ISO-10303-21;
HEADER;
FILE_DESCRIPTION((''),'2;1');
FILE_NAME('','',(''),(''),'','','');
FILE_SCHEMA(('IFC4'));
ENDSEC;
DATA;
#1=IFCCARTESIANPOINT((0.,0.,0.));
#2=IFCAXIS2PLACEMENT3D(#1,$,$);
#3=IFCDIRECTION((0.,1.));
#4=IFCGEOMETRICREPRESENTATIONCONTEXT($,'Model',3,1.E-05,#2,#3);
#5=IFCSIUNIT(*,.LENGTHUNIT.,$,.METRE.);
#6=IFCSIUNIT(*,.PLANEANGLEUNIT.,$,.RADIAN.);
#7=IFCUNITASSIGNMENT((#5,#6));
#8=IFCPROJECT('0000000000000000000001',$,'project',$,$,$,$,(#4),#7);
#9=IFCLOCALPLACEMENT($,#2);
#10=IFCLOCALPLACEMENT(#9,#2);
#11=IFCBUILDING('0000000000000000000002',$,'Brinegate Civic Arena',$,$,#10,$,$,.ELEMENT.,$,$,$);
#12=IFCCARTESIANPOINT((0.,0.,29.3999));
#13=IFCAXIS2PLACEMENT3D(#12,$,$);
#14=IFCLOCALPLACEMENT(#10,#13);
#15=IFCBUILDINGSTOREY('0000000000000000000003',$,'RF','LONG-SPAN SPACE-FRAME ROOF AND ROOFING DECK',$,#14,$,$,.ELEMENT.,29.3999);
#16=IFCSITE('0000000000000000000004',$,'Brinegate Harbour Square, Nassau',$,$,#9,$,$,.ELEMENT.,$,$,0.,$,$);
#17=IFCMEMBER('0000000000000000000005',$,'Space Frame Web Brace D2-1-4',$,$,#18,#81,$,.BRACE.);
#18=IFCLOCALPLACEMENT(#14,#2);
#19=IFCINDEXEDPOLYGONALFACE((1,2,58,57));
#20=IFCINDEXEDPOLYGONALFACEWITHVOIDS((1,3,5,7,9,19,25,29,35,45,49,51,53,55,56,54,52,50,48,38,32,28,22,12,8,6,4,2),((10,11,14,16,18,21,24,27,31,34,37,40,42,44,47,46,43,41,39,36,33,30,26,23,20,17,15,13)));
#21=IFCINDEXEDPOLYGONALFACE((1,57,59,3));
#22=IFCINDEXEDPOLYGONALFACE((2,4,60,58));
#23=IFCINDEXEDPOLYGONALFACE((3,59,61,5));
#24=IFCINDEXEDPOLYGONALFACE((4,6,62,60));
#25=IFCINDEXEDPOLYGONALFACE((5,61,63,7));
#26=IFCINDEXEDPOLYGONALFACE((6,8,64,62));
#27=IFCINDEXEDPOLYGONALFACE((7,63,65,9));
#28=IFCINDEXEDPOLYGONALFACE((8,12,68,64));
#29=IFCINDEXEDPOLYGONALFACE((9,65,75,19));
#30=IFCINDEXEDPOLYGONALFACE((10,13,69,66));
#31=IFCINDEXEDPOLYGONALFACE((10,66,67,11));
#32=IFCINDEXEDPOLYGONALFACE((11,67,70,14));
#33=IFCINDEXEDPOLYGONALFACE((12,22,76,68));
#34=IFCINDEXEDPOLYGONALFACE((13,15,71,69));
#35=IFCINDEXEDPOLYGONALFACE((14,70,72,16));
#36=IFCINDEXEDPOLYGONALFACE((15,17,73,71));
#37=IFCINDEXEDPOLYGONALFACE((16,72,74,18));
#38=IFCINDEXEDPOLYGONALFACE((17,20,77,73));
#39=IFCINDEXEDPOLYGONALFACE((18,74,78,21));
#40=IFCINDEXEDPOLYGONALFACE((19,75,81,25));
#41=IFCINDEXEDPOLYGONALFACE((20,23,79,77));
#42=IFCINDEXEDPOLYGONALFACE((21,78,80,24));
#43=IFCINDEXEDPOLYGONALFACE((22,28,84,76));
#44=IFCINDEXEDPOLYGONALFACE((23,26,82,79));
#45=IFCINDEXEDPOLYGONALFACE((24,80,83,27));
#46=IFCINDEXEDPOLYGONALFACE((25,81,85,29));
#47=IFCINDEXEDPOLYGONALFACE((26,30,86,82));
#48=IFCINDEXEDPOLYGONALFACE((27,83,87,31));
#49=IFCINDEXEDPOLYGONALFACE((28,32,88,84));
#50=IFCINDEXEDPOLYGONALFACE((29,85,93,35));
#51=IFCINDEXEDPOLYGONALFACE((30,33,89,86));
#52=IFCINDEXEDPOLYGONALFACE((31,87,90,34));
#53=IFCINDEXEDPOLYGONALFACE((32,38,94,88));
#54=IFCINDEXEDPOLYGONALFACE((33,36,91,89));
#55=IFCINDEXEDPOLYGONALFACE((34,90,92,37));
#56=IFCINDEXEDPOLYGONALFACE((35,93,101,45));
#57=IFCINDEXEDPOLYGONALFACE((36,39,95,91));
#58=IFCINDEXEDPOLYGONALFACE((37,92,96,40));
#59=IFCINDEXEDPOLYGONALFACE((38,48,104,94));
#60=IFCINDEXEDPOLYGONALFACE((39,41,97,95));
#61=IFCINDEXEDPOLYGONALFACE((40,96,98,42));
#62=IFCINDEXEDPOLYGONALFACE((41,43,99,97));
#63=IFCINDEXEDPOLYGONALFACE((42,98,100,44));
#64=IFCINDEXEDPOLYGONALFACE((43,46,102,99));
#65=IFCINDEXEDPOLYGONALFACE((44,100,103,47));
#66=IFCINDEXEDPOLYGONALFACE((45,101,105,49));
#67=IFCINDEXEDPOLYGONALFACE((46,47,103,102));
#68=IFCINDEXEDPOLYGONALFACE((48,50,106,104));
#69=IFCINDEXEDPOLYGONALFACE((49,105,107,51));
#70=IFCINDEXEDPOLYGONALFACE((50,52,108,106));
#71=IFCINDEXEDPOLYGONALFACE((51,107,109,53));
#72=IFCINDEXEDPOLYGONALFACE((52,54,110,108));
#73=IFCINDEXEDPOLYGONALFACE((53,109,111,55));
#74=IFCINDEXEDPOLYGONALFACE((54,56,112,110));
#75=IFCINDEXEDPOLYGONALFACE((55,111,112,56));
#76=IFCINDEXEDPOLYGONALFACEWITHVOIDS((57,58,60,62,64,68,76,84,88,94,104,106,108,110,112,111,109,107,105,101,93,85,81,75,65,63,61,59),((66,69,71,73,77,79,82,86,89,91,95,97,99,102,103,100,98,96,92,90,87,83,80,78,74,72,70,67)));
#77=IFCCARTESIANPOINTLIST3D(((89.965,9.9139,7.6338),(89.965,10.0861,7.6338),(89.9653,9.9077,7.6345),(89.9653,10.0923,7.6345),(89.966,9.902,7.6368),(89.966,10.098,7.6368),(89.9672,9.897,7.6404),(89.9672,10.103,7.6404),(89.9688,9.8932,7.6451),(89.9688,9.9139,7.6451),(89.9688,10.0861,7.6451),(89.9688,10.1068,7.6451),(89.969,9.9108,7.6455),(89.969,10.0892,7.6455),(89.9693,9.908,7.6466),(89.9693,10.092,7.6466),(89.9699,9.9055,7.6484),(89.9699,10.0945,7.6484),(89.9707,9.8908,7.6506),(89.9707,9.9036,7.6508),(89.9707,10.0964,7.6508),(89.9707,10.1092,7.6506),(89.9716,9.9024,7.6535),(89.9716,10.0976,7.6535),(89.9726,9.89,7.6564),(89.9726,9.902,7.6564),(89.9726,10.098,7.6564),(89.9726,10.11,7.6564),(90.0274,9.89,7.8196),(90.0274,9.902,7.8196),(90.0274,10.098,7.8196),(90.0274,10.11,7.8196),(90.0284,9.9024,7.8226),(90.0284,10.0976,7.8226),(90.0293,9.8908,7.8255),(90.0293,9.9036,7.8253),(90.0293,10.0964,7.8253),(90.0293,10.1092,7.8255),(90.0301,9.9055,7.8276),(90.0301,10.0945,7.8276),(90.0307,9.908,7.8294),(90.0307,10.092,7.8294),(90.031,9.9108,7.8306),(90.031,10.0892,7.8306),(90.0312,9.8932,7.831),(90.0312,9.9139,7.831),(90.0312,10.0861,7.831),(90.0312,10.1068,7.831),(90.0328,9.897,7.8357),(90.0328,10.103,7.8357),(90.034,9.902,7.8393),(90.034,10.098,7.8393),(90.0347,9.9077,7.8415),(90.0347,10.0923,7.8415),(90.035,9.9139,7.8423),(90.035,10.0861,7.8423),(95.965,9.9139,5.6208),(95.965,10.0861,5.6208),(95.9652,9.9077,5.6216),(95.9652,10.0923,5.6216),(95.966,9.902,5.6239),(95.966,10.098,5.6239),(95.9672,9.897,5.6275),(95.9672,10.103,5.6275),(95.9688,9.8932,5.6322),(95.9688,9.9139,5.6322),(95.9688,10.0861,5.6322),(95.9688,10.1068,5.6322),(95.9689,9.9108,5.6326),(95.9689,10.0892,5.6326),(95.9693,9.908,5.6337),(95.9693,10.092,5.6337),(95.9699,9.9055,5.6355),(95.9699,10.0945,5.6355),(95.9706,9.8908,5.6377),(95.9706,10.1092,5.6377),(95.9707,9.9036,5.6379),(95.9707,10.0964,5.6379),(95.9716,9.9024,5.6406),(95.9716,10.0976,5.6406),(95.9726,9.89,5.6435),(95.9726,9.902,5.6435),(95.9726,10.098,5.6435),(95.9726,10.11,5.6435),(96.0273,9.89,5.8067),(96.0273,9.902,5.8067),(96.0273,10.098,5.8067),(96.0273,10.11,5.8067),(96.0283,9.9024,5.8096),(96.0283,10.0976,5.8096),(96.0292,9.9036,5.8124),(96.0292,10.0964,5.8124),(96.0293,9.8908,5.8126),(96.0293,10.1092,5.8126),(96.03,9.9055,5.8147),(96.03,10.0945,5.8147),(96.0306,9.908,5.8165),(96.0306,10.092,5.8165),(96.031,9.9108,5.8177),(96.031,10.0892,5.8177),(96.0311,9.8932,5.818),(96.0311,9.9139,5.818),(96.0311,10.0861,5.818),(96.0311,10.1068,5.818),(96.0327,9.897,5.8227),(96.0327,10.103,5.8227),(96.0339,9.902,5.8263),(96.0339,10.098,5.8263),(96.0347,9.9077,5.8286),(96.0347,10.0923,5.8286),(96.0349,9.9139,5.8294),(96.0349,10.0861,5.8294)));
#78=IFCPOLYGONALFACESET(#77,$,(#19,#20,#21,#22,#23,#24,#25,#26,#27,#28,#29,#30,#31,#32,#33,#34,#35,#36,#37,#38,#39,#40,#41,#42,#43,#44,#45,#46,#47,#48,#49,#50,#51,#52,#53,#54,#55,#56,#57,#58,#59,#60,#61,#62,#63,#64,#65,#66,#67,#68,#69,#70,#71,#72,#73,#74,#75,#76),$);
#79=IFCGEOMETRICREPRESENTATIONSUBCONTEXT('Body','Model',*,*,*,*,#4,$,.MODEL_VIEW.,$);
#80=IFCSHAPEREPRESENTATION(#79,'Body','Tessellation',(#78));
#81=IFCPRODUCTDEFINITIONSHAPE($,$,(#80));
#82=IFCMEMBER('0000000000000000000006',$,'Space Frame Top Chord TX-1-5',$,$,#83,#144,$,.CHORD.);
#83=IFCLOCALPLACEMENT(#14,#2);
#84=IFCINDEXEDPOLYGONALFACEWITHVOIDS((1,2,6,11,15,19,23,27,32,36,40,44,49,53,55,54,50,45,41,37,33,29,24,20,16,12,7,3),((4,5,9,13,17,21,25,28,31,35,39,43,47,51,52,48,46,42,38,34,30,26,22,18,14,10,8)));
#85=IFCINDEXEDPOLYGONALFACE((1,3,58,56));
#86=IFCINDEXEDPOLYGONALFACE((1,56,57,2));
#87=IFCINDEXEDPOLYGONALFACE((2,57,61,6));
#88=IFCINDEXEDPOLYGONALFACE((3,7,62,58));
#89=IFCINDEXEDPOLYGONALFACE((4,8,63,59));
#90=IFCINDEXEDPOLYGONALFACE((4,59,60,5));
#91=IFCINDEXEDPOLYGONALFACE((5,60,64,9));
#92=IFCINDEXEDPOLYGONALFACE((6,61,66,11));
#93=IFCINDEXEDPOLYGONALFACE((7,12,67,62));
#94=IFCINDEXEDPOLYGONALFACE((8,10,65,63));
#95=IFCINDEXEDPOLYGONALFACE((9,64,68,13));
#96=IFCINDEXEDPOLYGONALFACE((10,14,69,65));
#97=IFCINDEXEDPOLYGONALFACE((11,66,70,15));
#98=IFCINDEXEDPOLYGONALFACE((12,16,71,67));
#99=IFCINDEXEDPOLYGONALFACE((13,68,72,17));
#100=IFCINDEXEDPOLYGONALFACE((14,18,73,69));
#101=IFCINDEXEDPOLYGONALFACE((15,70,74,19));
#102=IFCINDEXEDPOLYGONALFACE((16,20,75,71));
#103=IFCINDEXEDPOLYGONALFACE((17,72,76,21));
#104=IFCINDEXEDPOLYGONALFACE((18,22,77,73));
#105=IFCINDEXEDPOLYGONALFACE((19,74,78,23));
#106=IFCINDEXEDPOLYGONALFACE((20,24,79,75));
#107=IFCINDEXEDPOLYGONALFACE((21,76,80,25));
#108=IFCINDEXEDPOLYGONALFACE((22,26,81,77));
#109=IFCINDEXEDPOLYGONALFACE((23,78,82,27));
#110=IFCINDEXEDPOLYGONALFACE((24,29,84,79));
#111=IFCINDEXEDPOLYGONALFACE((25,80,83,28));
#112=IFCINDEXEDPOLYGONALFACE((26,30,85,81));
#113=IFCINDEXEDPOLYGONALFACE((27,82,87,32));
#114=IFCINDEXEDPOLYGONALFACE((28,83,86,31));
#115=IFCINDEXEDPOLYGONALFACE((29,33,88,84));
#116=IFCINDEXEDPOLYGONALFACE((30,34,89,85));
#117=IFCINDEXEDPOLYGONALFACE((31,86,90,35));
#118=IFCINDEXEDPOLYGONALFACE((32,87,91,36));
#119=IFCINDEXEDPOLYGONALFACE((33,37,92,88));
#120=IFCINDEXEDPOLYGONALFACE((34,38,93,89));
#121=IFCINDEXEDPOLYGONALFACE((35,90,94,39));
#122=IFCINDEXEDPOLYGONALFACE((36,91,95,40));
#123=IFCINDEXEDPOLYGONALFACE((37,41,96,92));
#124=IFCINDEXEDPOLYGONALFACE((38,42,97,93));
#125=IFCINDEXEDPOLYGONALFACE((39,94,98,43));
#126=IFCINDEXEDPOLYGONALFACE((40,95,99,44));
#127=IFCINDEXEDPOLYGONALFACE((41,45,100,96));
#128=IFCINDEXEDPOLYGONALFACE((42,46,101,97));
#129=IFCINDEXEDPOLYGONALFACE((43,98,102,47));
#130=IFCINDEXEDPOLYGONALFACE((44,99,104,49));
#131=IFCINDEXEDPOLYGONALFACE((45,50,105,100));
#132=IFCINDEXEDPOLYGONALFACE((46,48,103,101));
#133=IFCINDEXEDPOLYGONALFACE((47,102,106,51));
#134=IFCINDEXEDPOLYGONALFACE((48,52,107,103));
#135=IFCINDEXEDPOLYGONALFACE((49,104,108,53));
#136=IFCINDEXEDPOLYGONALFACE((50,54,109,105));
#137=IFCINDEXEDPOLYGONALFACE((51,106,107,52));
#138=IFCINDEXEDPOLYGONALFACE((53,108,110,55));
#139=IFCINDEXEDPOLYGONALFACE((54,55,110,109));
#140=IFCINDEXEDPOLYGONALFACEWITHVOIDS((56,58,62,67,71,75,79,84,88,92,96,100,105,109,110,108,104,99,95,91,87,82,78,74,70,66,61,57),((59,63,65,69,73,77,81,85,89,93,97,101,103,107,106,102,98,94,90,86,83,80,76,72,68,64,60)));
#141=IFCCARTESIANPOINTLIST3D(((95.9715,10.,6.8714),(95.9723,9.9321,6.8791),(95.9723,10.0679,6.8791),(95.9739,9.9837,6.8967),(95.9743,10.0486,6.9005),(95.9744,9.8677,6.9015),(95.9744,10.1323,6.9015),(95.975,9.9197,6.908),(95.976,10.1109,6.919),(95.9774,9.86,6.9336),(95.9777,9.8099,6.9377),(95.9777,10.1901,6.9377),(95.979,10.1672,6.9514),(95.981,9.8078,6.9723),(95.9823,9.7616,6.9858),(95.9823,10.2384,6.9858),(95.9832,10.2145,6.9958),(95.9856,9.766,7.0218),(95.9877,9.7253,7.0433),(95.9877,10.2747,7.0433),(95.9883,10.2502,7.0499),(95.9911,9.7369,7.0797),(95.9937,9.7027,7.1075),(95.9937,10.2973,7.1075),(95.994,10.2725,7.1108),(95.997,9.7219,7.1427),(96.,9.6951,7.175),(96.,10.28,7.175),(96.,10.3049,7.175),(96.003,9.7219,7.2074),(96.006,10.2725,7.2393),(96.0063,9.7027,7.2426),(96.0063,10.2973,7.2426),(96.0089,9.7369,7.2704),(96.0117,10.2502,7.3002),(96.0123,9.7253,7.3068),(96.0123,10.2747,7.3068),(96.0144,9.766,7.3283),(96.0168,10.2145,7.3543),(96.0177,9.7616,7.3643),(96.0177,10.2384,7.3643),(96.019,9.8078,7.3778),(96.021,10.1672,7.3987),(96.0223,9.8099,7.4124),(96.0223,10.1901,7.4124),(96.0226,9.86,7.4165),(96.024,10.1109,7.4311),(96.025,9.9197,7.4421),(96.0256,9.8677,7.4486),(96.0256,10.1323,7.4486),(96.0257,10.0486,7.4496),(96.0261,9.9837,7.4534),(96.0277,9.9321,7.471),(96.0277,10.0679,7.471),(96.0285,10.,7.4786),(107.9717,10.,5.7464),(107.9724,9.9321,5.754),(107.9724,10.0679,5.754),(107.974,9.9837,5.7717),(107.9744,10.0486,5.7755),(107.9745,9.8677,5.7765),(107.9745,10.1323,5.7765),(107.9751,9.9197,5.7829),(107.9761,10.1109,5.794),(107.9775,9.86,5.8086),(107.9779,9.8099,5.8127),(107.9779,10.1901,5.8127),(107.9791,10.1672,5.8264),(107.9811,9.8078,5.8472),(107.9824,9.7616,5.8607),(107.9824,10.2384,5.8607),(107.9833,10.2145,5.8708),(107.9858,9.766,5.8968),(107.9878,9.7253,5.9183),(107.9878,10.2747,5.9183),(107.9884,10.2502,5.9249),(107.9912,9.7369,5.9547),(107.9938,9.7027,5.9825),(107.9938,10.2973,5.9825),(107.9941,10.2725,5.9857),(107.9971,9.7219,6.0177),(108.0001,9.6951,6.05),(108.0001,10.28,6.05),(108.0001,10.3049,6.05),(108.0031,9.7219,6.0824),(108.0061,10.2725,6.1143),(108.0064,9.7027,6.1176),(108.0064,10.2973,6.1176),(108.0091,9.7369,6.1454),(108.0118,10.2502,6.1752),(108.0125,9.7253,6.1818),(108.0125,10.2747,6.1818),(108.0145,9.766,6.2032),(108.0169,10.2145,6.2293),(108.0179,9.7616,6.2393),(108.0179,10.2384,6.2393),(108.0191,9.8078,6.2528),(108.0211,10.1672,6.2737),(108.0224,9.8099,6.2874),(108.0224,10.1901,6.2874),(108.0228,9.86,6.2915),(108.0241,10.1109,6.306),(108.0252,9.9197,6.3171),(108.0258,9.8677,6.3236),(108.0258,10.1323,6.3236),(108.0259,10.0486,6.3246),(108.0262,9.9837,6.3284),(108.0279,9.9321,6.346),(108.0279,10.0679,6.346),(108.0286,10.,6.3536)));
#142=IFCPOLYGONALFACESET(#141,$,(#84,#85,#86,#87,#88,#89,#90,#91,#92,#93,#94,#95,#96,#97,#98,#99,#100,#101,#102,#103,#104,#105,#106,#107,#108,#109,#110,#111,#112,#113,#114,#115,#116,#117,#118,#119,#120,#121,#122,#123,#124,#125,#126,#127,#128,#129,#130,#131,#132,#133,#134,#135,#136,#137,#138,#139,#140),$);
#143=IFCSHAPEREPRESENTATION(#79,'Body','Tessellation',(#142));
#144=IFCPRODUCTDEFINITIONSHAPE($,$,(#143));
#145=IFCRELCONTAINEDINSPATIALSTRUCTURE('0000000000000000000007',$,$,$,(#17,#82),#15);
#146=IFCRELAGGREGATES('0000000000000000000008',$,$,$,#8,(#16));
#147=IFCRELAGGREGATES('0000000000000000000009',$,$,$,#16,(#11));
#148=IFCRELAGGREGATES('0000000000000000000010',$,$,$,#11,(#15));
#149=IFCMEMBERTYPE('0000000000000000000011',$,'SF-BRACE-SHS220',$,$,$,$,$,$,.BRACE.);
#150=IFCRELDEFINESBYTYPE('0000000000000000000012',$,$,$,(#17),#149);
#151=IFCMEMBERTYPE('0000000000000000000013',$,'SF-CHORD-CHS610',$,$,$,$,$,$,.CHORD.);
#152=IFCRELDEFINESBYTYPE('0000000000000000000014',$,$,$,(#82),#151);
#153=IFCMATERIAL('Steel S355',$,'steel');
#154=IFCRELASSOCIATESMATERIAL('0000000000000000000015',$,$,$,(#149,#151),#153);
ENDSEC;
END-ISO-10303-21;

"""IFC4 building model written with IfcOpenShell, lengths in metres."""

from ifc_helpers import new_model, si_unit, direction, frame, origin, origin_2d, place, context, subcontext, project, spatial, hollow_rectangle, hollow_circle, extrude, material, material_profile, profile_set, type_object, element, save


model = new_model("IFC4")

# Units and contexts
model_context = context("Model", 3, precision=1e-05, world=origin(), true_north=direction((0.0, 1.0)))
body_context = subcontext(model_context, "Body", "Model", "MODEL_VIEW")
ifc_project = project(units=[si_unit("LENGTHUNIT", "METRE"), si_unit("PLANEANGLEUNIT", "RADIAN")], contexts=[model_context])

# Site, building, storey
site_placement = place(None, origin())
site = spatial("IfcSite", under=ifc_project, at=site_placement, Name="Brinegate Harbour Square, Nassau", CompositionType="ELEMENT", RefElevation=0.0)
building_placement = place(site_placement, origin())
building = spatial("IfcBuilding", under=site, at=building_placement, Name="Brinegate Civic Arena", CompositionType="ELEMENT")
storey_placement = place(building_placement, frame((0.0, 0.0, 29.3999)))
storey = spatial("IfcBuildingStorey", under=building, at=storey_placement, Name="RF", Description="LONG-SPAN SPACE-FRAME ROOF AND ROOFING DECK", CompositionType="ELEMENT", Elevation=29.3999)

# Shared definitions
ifc_material_1 = material(Name="Steel S355", Category="steel")

# Members
ifc_material_profile_1 = material_profile(ifc_material_1, hollow_rectangle(XDim=0.22, YDim=0.22, WallThickness=0.012, InnerFilletRadius=0.012, OuterFilletRadius=0.0239, at=origin_2d()), Name="SHS220X12")
ifc_profile_set_1 = profile_set([ifc_material_profile_1], Name="Steel S355")
member_type_1 = type_object("IfcMemberType", Name="SF-BRACE-SHS220", PredefinedType="BRACE", material=ifc_profile_set_1)
member_1_placement = place(storey_placement, frame((90.0, 10.0, 7.738), z_axis=(0.948068, 0.0, -0.318067), x_axis=(0.0, 1.0, 0.0)))
element("IfcMember", 1, at=member_1_placement, inside=storey, type_object=member_type_1, Name="Space Frame Web Brace D2-1-4", PredefinedType="BRACE", context=body_context, shape_type="SweptSolid", body=[
    extrude(hollow_rectangle(XDim=0.22, YDim=0.22, WallThickness=0.012, InnerFilletRadius=0.012, OuterFilletRadius=0.0239, at=origin_2d()), origin(), (0.0, 0.0, 1.0), 6.3286),
])
ifc_material_profile_2 = material_profile(ifc_material_1, hollow_circle(Radius=0.3049, WallThickness=0.0249, at=origin_2d()), Name="CHS610X25")
ifc_profile_set_2 = profile_set([ifc_material_profile_2], Name="Steel S355")
member_type_2 = type_object("IfcMemberType", Name="SF-CHORD-CHS610", PredefinedType="CHORD", material=ifc_profile_set_2)
for number, where, z_axis, x_axis, name in (
    (2, (96.0, 10.0, 7.175), (0.995634, 0.0, -0.093341), (0.0, 1.0, 0.0), "Space Frame Top Chord TX-1-5"),
):
    element("IfcMember", number, at=place(storey_placement, frame(where, z_axis=z_axis, x_axis=x_axis)), inside=storey, type_object=member_type_2, Name=name, PredefinedType="CHORD", context=body_context, shape_type="SweptSolid", body=[
        extrude(hollow_circle(Radius=0.3049, WallThickness=0.0249, at=origin_2d()), origin(), (0.0, 0.0, 1.0), 12.0527),
    ])

save(model, "model.ifc")
